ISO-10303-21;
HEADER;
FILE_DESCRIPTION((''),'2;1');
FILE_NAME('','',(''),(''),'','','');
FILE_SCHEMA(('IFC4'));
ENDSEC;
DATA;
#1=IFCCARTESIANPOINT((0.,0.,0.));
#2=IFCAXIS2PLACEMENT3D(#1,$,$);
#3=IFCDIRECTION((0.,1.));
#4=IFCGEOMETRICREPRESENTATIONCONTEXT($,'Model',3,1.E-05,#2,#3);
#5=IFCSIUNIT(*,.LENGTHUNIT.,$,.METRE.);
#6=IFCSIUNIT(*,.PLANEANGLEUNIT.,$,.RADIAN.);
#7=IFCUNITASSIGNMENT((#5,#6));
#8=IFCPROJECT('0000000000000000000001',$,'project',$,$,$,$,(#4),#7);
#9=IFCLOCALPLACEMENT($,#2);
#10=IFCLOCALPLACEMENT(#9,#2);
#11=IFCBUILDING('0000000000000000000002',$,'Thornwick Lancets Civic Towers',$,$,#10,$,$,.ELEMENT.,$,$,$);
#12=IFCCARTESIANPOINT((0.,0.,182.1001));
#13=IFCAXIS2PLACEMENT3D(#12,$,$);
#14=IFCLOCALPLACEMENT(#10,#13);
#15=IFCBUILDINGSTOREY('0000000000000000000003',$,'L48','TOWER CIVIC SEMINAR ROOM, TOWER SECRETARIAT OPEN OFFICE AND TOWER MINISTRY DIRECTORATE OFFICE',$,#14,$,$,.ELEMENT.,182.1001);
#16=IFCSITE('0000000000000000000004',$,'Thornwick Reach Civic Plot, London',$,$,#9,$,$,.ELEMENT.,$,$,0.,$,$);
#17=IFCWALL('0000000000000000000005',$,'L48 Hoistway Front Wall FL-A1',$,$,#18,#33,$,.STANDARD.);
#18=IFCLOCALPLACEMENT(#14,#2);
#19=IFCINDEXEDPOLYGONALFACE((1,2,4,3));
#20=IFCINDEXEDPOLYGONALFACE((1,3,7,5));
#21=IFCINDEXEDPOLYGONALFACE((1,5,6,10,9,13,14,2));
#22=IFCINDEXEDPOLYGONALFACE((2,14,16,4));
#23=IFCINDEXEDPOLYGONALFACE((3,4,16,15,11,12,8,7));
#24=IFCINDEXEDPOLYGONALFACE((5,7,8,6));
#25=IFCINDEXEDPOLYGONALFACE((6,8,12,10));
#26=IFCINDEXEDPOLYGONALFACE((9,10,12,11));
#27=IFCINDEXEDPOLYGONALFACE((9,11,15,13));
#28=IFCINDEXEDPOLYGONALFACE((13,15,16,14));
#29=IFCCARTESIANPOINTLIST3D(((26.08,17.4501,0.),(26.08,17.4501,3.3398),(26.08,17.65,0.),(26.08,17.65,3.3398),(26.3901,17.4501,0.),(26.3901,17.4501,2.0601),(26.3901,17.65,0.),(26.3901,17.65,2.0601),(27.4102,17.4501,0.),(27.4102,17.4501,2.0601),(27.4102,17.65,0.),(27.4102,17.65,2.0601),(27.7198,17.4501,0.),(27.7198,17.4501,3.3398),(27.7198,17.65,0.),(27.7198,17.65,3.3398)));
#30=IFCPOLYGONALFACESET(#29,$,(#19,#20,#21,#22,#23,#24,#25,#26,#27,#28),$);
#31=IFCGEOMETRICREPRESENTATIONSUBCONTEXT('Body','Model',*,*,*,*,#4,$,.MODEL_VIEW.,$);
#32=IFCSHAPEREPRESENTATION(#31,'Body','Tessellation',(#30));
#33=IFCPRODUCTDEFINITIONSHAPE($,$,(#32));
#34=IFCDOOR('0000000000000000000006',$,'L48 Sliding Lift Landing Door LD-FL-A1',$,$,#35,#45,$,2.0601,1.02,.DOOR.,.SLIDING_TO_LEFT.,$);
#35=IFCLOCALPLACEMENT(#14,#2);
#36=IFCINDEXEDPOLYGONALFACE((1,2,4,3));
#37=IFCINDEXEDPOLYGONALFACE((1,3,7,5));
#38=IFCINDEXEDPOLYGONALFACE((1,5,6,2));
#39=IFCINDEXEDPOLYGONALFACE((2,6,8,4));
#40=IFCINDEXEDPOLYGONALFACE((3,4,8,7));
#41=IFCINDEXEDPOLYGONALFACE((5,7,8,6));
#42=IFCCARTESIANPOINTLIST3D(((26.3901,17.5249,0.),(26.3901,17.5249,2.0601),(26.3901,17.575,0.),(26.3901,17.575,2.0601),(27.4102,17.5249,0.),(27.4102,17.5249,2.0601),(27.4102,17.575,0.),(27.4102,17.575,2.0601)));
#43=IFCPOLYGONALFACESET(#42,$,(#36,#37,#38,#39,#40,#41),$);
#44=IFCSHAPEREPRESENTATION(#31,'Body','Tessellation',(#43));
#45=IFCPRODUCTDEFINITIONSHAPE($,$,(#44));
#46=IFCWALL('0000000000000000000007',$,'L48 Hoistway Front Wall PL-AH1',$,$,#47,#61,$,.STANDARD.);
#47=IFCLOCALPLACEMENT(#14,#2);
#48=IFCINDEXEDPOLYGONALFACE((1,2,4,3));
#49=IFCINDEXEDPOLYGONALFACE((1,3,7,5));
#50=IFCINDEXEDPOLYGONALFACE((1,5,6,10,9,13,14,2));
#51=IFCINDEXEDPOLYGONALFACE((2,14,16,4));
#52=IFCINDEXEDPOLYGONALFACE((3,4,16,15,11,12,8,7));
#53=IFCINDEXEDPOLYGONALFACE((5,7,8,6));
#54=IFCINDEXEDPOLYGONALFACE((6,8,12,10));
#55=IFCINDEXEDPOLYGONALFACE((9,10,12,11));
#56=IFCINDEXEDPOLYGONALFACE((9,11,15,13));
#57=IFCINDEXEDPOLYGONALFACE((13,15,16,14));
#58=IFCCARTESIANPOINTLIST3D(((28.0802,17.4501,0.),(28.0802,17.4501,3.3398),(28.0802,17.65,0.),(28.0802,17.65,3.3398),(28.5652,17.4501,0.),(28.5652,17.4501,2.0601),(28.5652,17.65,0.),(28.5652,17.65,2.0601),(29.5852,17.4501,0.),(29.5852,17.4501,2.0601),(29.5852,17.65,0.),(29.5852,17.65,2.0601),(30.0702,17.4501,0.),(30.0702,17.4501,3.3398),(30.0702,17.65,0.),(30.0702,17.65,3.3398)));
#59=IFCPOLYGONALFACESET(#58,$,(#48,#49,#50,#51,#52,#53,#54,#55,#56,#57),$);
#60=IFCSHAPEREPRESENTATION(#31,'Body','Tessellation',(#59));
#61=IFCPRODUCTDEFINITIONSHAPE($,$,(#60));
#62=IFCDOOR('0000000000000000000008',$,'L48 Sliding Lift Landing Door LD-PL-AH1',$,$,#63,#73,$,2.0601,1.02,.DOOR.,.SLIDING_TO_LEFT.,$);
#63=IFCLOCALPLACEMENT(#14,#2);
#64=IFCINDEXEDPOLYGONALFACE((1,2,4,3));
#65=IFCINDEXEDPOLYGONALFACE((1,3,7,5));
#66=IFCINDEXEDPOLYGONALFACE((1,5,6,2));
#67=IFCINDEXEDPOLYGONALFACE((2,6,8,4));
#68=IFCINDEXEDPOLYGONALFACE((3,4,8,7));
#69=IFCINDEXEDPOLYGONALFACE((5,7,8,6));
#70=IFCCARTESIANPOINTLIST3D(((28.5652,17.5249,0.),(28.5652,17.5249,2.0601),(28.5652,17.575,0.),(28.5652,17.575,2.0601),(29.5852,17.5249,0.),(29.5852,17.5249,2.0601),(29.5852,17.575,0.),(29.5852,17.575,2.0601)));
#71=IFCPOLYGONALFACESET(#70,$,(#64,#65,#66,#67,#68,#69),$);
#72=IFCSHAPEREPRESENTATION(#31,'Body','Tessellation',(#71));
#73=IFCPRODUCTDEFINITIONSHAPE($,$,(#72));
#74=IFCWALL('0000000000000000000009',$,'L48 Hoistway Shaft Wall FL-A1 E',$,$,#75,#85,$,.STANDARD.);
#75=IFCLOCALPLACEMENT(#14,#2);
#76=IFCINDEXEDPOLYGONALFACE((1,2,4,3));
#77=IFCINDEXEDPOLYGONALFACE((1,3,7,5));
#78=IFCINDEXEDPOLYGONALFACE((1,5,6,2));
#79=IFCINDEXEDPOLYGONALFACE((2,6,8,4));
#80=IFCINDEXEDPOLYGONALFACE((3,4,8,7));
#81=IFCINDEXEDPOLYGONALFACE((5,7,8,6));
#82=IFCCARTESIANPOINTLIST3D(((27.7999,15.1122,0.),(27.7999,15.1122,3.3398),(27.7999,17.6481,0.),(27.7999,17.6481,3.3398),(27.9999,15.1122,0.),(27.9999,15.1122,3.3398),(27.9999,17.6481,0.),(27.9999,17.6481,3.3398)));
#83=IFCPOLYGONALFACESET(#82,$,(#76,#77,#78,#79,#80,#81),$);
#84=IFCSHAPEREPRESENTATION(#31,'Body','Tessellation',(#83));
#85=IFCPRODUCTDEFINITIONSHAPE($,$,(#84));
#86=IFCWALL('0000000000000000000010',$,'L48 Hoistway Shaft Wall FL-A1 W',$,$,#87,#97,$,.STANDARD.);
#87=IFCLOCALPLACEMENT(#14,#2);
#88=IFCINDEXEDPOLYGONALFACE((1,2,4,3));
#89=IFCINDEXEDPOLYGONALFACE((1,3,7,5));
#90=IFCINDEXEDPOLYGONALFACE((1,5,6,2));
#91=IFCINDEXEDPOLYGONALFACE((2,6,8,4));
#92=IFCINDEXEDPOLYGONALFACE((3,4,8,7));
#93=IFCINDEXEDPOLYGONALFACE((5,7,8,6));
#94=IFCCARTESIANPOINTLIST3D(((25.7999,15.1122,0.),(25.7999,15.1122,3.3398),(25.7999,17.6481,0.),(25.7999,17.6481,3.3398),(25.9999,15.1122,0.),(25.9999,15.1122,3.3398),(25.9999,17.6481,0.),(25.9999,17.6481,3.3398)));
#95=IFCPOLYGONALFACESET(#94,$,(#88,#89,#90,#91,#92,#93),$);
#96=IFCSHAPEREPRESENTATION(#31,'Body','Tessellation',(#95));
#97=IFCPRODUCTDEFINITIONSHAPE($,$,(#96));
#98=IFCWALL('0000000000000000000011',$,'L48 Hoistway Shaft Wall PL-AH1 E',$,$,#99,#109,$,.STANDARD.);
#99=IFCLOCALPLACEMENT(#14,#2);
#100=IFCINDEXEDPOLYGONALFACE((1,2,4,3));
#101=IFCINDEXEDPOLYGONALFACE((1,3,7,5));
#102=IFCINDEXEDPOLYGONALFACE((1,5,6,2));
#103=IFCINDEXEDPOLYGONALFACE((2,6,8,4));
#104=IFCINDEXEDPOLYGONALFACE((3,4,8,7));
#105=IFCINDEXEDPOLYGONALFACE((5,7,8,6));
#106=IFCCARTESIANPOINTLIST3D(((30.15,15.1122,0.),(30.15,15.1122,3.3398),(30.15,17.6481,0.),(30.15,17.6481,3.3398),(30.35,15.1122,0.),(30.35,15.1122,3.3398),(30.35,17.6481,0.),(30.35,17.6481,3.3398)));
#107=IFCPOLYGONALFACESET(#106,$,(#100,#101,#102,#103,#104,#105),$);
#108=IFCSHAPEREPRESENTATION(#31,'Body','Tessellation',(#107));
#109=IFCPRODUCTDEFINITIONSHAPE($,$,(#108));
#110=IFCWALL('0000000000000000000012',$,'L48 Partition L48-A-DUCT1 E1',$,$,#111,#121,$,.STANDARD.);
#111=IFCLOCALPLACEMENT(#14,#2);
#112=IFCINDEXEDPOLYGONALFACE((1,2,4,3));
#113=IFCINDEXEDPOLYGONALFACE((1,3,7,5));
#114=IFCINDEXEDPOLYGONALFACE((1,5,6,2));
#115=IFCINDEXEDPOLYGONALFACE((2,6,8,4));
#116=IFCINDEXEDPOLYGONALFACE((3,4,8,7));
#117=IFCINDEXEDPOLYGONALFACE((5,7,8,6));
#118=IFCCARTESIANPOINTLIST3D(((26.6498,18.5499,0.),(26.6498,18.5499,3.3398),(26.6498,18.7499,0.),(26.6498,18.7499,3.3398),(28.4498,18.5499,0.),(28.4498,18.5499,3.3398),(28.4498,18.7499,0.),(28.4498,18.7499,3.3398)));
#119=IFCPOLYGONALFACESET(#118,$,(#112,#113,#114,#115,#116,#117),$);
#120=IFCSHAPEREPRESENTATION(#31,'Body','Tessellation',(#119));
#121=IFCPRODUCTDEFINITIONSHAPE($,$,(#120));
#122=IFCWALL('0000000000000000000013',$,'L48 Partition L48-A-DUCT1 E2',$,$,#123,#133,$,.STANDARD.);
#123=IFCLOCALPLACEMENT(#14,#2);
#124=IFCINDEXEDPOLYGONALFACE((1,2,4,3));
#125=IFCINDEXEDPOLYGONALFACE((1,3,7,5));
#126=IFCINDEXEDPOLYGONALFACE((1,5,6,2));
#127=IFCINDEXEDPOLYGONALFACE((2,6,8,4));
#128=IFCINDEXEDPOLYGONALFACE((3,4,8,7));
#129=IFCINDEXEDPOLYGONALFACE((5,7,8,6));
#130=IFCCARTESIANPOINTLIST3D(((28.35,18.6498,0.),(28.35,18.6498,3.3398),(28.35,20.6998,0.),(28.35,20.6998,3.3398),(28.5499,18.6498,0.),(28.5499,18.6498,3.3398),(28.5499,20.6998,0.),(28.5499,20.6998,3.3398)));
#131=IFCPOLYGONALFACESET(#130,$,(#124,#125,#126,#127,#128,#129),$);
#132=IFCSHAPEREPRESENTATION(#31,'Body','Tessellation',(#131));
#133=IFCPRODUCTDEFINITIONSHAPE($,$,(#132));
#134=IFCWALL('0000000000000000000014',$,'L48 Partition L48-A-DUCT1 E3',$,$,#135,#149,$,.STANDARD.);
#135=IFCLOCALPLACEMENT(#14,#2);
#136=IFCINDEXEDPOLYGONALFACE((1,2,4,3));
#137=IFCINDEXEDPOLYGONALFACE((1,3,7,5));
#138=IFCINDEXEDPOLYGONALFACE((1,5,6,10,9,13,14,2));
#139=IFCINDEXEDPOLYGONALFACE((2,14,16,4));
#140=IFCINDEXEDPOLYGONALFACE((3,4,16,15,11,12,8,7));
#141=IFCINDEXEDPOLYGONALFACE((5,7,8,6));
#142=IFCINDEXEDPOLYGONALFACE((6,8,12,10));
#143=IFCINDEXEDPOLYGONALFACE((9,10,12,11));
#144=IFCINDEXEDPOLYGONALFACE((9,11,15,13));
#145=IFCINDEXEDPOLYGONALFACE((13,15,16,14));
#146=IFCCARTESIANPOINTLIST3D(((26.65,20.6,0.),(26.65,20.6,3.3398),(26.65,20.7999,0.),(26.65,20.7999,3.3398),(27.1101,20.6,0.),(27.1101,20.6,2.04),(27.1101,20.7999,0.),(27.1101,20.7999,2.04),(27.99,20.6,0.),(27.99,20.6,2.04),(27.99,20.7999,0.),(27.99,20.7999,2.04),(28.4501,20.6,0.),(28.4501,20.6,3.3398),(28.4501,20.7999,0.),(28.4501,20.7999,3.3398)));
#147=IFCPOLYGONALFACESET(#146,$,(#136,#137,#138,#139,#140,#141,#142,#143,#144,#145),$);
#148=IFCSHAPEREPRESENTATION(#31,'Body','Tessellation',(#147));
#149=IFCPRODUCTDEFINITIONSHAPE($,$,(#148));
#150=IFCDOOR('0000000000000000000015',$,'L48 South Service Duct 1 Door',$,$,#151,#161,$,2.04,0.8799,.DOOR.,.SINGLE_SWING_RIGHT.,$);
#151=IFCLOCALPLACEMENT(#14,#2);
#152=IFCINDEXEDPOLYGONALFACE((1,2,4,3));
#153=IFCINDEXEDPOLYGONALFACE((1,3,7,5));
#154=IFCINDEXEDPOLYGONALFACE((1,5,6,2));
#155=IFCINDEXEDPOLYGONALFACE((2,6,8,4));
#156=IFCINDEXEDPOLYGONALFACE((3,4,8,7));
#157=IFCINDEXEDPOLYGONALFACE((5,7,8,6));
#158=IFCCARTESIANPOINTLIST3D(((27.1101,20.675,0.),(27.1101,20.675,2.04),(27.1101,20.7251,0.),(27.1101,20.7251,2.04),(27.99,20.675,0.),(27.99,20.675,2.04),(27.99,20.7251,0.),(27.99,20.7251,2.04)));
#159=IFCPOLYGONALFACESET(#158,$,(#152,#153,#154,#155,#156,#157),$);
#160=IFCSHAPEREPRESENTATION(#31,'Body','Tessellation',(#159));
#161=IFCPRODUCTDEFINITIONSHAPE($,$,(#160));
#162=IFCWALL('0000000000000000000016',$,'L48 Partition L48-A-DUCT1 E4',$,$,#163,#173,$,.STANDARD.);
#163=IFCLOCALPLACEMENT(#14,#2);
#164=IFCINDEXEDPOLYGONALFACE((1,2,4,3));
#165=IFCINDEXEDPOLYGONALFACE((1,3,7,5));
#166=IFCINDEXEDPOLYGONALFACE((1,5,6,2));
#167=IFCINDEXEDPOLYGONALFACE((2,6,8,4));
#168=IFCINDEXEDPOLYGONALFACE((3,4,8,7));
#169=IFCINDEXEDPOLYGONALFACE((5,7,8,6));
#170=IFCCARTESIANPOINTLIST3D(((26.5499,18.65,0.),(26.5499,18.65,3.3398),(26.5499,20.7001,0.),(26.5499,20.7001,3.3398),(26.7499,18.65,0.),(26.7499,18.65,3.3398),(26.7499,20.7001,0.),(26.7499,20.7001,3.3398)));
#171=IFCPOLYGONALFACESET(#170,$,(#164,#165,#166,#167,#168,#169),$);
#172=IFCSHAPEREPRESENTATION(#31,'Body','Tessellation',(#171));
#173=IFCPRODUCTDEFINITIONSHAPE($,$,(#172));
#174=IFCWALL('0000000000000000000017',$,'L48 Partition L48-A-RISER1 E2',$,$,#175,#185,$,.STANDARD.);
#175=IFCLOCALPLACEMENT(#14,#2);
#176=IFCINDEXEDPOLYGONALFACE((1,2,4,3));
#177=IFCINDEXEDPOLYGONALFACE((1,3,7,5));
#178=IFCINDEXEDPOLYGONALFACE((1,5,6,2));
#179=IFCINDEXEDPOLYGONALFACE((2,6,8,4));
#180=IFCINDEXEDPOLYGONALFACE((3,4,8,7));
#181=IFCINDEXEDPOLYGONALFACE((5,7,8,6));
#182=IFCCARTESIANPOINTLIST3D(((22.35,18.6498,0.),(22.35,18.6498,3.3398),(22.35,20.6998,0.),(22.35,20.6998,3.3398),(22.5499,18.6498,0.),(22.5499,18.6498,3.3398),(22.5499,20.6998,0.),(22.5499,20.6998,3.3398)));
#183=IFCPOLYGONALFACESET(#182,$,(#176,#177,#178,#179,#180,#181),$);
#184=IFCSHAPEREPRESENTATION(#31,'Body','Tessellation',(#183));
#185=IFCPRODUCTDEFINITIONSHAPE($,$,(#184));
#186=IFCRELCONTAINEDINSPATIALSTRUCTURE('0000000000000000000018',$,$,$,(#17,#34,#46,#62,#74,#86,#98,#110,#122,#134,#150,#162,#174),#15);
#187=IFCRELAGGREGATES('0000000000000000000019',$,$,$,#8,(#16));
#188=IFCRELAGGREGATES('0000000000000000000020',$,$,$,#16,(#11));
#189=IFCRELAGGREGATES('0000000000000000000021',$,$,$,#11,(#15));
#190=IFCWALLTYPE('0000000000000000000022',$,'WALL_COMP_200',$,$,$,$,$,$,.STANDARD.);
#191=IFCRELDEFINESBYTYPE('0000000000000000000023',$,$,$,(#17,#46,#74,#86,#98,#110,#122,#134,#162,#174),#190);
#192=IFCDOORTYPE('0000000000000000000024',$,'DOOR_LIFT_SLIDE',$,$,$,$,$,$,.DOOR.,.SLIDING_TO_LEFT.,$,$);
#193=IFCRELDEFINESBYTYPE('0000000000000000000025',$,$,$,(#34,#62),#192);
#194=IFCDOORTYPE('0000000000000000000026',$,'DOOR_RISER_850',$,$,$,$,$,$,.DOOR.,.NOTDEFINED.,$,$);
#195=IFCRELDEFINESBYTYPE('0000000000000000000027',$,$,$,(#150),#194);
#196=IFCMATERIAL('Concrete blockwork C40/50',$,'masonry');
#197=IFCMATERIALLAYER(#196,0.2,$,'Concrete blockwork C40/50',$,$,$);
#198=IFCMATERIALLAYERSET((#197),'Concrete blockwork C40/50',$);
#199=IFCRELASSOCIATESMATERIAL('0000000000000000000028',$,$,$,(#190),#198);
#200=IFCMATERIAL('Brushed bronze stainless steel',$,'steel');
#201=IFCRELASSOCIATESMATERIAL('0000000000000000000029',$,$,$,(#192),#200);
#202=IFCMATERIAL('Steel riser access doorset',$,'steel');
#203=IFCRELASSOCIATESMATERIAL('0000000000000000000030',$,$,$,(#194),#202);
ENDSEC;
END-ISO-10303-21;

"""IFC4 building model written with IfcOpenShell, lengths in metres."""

from ifc_helpers import new_model, si_unit, direction, frame, frame_2d, origin, place, context, subcontext, project, spatial, rectangle, extrude, material, layer, layer_set, type_object, element, fill, save


model = new_model("IFC4")

# Units and contexts
model_context = context("Model", 3, precision=1e-05, world=origin(), true_north=direction((0.0, 1.0)))
body_context = subcontext(model_context, "Body", "Model", "MODEL_VIEW")
ifc_project = project(units=[si_unit("LENGTHUNIT", "METRE"), si_unit("PLANEANGLEUNIT", "RADIAN")], contexts=[model_context])

# Site, building, storey
site_placement = place(None, origin())
site = spatial("IfcSite", under=ifc_project, at=site_placement, Name="Thornwick Reach Civic Plot, London", CompositionType="ELEMENT", RefElevation=0.0)
building_placement = place(site_placement, origin())
building = spatial("IfcBuilding", under=site, at=building_placement, Name="Thornwick Lancets Civic Towers", CompositionType="ELEMENT")
storey_placement = place(building_placement, frame((0.0, 0.0, 182.1001)))
storey = spatial("IfcBuildingStorey", under=building, at=storey_placement, Name="L48", Description="TOWER CIVIC SEMINAR ROOM, TOWER SECRETARIAT OPEN OFFICE AND TOWER MINISTRY DIRECTORATE OFFICE", CompositionType="ELEMENT", Elevation=182.1001)

# Walls, openings, doors
ifc_material_1 = material(Name="Concrete blockwork C40/50", Category="masonry")
ifc_layer_1 = layer(ifc_material_1, 0.2, Name="Concrete blockwork C40/50")
ifc_layer_set_1 = layer_set([ifc_layer_1], Name="Concrete blockwork C40/50")
wall_type_1 = type_object("IfcWallType", Name="WALL_COMP_200", PredefinedType="STANDARD", material=ifc_layer_set_1)
wall_1_placement = place(storey_placement, frame((26.0801, 17.55, 0.0), z_axis=(0.0, 0.0, 1.0), x_axis=(1.0, 0.0, 0.0)))
wall_1 = element("IfcWall", 1, at=wall_1_placement, inside=storey, type_object=wall_type_1, Name="L48 Hoistway Front Wall FL-A1", PredefinedType="STANDARD", context=body_context, shape_type="SweptSolid", body=[
    extrude(rectangle(XDim=1.6399, YDim=0.2, at=frame_2d((0.8198, 0.0))), origin(), (0.0, 0.0, 1.0), 3.3398),
])
opening_1_placement = place(wall_1_placement, frame((0.3101, 0.0, 0.0)))
opening_1 = element("IfcOpeningElement", 2, at=opening_1_placement, cuts=wall_1, PredefinedType="OPENING", context=body_context, shape_type="SweptSolid", body=[
    extrude(rectangle(XDim=1.02, YDim=2.0601, at=frame_2d((0.51, 1.03))), frame((0.0, 0.1099, 0.0), z_axis=(0.0, -1.0, 0.0), x_axis=(1.0, 0.0, 0.0)), (0.0, 0.0, 1.0), 0.22),
])
ifc_material_2 = material(Name="Brushed bronze stainless steel", Category="steel")
door_type_1 = type_object("IfcDoorType", Name="DOOR_LIFT_SLIDE", OperationType="SLIDING_TO_LEFT", PredefinedType="DOOR", material=ifc_material_2)
door_1_placement = place(opening_1_placement, origin())
door_1 = element("IfcDoor", 3, at=door_1_placement, inside=storey, type_object=door_type_1, Name="L48 Sliding Lift Landing Door LD-FL-A1", OperationType="SLIDING_TO_LEFT", OverallHeight=2.0601, OverallWidth=1.02, PredefinedType="DOOR", context=body_context, shape_type="SweptSolid", body=[
    extrude(rectangle(XDim=1.02, YDim=2.0601, at=frame_2d((0.51, 1.03))), frame((0.0, 0.0249, 0.0), z_axis=(0.0, -1.0, 0.0), x_axis=(1.0, 0.0, 0.0)), (0.0, 0.0, 1.0), 0.05),
])
fill(opening_1, door_1)
wall_2_placement = place(storey_placement, frame((28.0801, 17.55, 0.0), z_axis=(0.0, 0.0, 1.0), x_axis=(1.0, 0.0, 0.0)))
wall_2 = element("IfcWall", 4, at=wall_2_placement, inside=storey, type_object=wall_type_1, Name="L48 Hoistway Front Wall PL-AH1", PredefinedType="STANDARD", context=body_context, shape_type="SweptSolid", body=[
    extrude(rectangle(XDim=1.99, YDim=0.2, at=frame_2d((0.9951, 0.0))), origin(), (0.0, 0.0, 1.0), 3.3398),
])
opening_2_placement = place(wall_2_placement, frame((0.4851, 0.0, 0.0)))
opening_2 = element("IfcOpeningElement", 5, at=opening_2_placement, cuts=wall_2, PredefinedType="OPENING", context=body_context, shape_type="SweptSolid", body=[
    extrude(rectangle(XDim=1.02, YDim=2.0601, at=frame_2d((0.51, 1.03))), frame((0.0, 0.1099, 0.0), z_axis=(0.0, -1.0, 0.0), x_axis=(1.0, 0.0, 0.0)), (0.0, 0.0, 1.0), 0.22),
])
door_2_placement = place(opening_2_placement, origin())
door_2 = element("IfcDoor", 6, at=door_2_placement, inside=storey, type_object=door_type_1, Name="L48 Sliding Lift Landing Door LD-PL-AH1", OperationType="SLIDING_TO_LEFT", OverallHeight=2.0601, OverallWidth=1.02, PredefinedType="DOOR", context=body_context, shape_type="SweptSolid", body=[
    extrude(rectangle(XDim=1.02, YDim=2.0601, at=frame_2d((0.51, 1.03))), frame((0.0, 0.0249, 0.0), z_axis=(0.0, -1.0, 0.0), x_axis=(1.0, 0.0, 0.0)), (0.0, 0.0, 1.0), 0.05),
])
fill(opening_2, door_2)

# Walls
for number, where, z_axis, x_axis, name in (
    (7, (27.8999, 15.1121, 0.0), (0.0, 0.0, 1.0), (0.0, 1.0, 0.0), "L48 Hoistway Shaft Wall FL-A1 E"),
    (8, (25.8999, 15.1121, 0.0), (0.0, 0.0, 1.0), (0.0, 1.0, 0.0), "L48 Hoistway Shaft Wall FL-A1 W"),
    (9, (30.25, 15.1121, 0.0), (0.0, 0.0, 1.0), (0.0, 1.0, 0.0), "L48 Hoistway Shaft Wall PL-AH1 E"),
):
    element("IfcWall", number, at=place(storey_placement, frame(where, z_axis=z_axis, x_axis=x_axis)), inside=storey, type_object=wall_type_1, Name=name, PredefinedType="STANDARD", context=body_context, shape_type="SweptSolid", body=[
        extrude(rectangle(XDim=2.5359, YDim=0.2, at=frame_2d((1.2681, 0.0))), origin(), (0.0, 0.0, 1.0), 3.3398),
    ])
wall_3_placement = place(storey_placement, frame((26.6499, 18.6499, 0.0), z_axis=(0.0, 0.0, 1.0), x_axis=(1.0, 0.0, 0.0)))
element("IfcWall", 10, at=wall_3_placement, inside=storey, type_object=wall_type_1, Name="L48 Partition L48-A-DUCT1 E1", PredefinedType="STANDARD", context=body_context, shape_type="SweptSolid", body=[
    extrude(rectangle(XDim=1.8, YDim=0.2, at=frame_2d((0.8999, 0.0))), origin(), (0.0, 0.0, 1.0), 3.3398),
])
wall_4_placement = place(storey_placement, frame((28.45, 18.6499, 0.0), z_axis=(0.0, 0.0, 1.0), x_axis=(0.0, 1.0, 0.0)))
element("IfcWall", 11, at=wall_4_placement, inside=storey, type_object=wall_type_1, Name="L48 Partition L48-A-DUCT1 E2", PredefinedType="STANDARD", context=body_context, shape_type="SweptSolid", body=[
    extrude(rectangle(XDim=2.05, YDim=0.2, at=frame_2d((1.0249, 0.0))), origin(), (0.0, 0.0, 1.0), 3.3398),
])

# Wall, opening, door
wall_5_placement = place(storey_placement, frame((28.45, 20.7, 0.0), z_axis=(0.0, 0.0, 1.0), x_axis=(-1.0, 0.0, 0.0)))
wall_5 = element("IfcWall", 12, at=wall_5_placement, inside=storey, type_object=wall_type_1, Name="L48 Partition L48-A-DUCT1 E3", PredefinedType="STANDARD", context=body_context, shape_type="SweptSolid", body=[
    extrude(rectangle(XDim=1.8, YDim=0.2, at=frame_2d((0.8999, 0.0))), origin(), (0.0, 0.0, 1.0), 3.3398),
])
opening_3_placement = place(wall_5_placement, frame((0.46, 0.0, 0.0)))
opening_3 = element("IfcOpeningElement", 13, at=opening_3_placement, cuts=wall_5, PredefinedType="OPENING", context=body_context, shape_type="SweptSolid", body=[
    extrude(rectangle(XDim=0.8799, YDim=2.04, at=frame_2d((0.4399, 1.02))), frame((0.0, 0.1099, 0.0), z_axis=(0.0, -1.0, 0.0), x_axis=(1.0, 0.0, 0.0)), (0.0, 0.0, 1.0), 0.22),
])
ifc_material_3 = material(Name="Steel riser access doorset", Category="steel")
door_type_2 = type_object("IfcDoorType", Name="DOOR_RISER_850", OperationType="NOTDEFINED", PredefinedType="DOOR", material=ifc_material_3)
door_3_placement = place(opening_3_placement, origin())
door_3 = element("IfcDoor", 14, at=door_3_placement, inside=storey, type_object=door_type_2, Name="L48 South Service Duct 1 Door", OperationType="SINGLE_SWING_RIGHT", OverallHeight=2.04, OverallWidth=0.8799, PredefinedType="DOOR", context=body_context, shape_type="SweptSolid", body=[
    extrude(rectangle(XDim=0.8799, YDim=2.04, at=frame_2d((0.4399, 1.02))), frame((0.0, 0.0249, 0.0), z_axis=(0.0, -1.0, 0.0), x_axis=(1.0, 0.0, 0.0)), (0.0, 0.0, 1.0), 0.05),
])
fill(opening_3, door_3)

# Walls
for number, where, z_axis, x_axis, name in (
    (15, (26.6499, 20.7, 0.0), (0.0, 0.0, 1.0), (0.0, -1.0, 0.0), "L48 Partition L48-A-DUCT1 E4"),
    (16, (22.45, 18.6499, 0.0), (0.0, 0.0, 1.0), (0.0, 1.0, 0.0), "L48 Partition L48-A-RISER1 E2"),
):
    element("IfcWall", number, at=place(storey_placement, frame(where, z_axis=z_axis, x_axis=x_axis)), inside=storey, type_object=wall_type_1, Name=name, PredefinedType="STANDARD", context=body_context, shape_type="SweptSolid", body=[
        extrude(rectangle(XDim=2.05, YDim=0.2, at=frame_2d((1.0249, 0.0))), origin(), (0.0, 0.0, 1.0), 3.3398),
    ])

save(model, "model.ifc")
